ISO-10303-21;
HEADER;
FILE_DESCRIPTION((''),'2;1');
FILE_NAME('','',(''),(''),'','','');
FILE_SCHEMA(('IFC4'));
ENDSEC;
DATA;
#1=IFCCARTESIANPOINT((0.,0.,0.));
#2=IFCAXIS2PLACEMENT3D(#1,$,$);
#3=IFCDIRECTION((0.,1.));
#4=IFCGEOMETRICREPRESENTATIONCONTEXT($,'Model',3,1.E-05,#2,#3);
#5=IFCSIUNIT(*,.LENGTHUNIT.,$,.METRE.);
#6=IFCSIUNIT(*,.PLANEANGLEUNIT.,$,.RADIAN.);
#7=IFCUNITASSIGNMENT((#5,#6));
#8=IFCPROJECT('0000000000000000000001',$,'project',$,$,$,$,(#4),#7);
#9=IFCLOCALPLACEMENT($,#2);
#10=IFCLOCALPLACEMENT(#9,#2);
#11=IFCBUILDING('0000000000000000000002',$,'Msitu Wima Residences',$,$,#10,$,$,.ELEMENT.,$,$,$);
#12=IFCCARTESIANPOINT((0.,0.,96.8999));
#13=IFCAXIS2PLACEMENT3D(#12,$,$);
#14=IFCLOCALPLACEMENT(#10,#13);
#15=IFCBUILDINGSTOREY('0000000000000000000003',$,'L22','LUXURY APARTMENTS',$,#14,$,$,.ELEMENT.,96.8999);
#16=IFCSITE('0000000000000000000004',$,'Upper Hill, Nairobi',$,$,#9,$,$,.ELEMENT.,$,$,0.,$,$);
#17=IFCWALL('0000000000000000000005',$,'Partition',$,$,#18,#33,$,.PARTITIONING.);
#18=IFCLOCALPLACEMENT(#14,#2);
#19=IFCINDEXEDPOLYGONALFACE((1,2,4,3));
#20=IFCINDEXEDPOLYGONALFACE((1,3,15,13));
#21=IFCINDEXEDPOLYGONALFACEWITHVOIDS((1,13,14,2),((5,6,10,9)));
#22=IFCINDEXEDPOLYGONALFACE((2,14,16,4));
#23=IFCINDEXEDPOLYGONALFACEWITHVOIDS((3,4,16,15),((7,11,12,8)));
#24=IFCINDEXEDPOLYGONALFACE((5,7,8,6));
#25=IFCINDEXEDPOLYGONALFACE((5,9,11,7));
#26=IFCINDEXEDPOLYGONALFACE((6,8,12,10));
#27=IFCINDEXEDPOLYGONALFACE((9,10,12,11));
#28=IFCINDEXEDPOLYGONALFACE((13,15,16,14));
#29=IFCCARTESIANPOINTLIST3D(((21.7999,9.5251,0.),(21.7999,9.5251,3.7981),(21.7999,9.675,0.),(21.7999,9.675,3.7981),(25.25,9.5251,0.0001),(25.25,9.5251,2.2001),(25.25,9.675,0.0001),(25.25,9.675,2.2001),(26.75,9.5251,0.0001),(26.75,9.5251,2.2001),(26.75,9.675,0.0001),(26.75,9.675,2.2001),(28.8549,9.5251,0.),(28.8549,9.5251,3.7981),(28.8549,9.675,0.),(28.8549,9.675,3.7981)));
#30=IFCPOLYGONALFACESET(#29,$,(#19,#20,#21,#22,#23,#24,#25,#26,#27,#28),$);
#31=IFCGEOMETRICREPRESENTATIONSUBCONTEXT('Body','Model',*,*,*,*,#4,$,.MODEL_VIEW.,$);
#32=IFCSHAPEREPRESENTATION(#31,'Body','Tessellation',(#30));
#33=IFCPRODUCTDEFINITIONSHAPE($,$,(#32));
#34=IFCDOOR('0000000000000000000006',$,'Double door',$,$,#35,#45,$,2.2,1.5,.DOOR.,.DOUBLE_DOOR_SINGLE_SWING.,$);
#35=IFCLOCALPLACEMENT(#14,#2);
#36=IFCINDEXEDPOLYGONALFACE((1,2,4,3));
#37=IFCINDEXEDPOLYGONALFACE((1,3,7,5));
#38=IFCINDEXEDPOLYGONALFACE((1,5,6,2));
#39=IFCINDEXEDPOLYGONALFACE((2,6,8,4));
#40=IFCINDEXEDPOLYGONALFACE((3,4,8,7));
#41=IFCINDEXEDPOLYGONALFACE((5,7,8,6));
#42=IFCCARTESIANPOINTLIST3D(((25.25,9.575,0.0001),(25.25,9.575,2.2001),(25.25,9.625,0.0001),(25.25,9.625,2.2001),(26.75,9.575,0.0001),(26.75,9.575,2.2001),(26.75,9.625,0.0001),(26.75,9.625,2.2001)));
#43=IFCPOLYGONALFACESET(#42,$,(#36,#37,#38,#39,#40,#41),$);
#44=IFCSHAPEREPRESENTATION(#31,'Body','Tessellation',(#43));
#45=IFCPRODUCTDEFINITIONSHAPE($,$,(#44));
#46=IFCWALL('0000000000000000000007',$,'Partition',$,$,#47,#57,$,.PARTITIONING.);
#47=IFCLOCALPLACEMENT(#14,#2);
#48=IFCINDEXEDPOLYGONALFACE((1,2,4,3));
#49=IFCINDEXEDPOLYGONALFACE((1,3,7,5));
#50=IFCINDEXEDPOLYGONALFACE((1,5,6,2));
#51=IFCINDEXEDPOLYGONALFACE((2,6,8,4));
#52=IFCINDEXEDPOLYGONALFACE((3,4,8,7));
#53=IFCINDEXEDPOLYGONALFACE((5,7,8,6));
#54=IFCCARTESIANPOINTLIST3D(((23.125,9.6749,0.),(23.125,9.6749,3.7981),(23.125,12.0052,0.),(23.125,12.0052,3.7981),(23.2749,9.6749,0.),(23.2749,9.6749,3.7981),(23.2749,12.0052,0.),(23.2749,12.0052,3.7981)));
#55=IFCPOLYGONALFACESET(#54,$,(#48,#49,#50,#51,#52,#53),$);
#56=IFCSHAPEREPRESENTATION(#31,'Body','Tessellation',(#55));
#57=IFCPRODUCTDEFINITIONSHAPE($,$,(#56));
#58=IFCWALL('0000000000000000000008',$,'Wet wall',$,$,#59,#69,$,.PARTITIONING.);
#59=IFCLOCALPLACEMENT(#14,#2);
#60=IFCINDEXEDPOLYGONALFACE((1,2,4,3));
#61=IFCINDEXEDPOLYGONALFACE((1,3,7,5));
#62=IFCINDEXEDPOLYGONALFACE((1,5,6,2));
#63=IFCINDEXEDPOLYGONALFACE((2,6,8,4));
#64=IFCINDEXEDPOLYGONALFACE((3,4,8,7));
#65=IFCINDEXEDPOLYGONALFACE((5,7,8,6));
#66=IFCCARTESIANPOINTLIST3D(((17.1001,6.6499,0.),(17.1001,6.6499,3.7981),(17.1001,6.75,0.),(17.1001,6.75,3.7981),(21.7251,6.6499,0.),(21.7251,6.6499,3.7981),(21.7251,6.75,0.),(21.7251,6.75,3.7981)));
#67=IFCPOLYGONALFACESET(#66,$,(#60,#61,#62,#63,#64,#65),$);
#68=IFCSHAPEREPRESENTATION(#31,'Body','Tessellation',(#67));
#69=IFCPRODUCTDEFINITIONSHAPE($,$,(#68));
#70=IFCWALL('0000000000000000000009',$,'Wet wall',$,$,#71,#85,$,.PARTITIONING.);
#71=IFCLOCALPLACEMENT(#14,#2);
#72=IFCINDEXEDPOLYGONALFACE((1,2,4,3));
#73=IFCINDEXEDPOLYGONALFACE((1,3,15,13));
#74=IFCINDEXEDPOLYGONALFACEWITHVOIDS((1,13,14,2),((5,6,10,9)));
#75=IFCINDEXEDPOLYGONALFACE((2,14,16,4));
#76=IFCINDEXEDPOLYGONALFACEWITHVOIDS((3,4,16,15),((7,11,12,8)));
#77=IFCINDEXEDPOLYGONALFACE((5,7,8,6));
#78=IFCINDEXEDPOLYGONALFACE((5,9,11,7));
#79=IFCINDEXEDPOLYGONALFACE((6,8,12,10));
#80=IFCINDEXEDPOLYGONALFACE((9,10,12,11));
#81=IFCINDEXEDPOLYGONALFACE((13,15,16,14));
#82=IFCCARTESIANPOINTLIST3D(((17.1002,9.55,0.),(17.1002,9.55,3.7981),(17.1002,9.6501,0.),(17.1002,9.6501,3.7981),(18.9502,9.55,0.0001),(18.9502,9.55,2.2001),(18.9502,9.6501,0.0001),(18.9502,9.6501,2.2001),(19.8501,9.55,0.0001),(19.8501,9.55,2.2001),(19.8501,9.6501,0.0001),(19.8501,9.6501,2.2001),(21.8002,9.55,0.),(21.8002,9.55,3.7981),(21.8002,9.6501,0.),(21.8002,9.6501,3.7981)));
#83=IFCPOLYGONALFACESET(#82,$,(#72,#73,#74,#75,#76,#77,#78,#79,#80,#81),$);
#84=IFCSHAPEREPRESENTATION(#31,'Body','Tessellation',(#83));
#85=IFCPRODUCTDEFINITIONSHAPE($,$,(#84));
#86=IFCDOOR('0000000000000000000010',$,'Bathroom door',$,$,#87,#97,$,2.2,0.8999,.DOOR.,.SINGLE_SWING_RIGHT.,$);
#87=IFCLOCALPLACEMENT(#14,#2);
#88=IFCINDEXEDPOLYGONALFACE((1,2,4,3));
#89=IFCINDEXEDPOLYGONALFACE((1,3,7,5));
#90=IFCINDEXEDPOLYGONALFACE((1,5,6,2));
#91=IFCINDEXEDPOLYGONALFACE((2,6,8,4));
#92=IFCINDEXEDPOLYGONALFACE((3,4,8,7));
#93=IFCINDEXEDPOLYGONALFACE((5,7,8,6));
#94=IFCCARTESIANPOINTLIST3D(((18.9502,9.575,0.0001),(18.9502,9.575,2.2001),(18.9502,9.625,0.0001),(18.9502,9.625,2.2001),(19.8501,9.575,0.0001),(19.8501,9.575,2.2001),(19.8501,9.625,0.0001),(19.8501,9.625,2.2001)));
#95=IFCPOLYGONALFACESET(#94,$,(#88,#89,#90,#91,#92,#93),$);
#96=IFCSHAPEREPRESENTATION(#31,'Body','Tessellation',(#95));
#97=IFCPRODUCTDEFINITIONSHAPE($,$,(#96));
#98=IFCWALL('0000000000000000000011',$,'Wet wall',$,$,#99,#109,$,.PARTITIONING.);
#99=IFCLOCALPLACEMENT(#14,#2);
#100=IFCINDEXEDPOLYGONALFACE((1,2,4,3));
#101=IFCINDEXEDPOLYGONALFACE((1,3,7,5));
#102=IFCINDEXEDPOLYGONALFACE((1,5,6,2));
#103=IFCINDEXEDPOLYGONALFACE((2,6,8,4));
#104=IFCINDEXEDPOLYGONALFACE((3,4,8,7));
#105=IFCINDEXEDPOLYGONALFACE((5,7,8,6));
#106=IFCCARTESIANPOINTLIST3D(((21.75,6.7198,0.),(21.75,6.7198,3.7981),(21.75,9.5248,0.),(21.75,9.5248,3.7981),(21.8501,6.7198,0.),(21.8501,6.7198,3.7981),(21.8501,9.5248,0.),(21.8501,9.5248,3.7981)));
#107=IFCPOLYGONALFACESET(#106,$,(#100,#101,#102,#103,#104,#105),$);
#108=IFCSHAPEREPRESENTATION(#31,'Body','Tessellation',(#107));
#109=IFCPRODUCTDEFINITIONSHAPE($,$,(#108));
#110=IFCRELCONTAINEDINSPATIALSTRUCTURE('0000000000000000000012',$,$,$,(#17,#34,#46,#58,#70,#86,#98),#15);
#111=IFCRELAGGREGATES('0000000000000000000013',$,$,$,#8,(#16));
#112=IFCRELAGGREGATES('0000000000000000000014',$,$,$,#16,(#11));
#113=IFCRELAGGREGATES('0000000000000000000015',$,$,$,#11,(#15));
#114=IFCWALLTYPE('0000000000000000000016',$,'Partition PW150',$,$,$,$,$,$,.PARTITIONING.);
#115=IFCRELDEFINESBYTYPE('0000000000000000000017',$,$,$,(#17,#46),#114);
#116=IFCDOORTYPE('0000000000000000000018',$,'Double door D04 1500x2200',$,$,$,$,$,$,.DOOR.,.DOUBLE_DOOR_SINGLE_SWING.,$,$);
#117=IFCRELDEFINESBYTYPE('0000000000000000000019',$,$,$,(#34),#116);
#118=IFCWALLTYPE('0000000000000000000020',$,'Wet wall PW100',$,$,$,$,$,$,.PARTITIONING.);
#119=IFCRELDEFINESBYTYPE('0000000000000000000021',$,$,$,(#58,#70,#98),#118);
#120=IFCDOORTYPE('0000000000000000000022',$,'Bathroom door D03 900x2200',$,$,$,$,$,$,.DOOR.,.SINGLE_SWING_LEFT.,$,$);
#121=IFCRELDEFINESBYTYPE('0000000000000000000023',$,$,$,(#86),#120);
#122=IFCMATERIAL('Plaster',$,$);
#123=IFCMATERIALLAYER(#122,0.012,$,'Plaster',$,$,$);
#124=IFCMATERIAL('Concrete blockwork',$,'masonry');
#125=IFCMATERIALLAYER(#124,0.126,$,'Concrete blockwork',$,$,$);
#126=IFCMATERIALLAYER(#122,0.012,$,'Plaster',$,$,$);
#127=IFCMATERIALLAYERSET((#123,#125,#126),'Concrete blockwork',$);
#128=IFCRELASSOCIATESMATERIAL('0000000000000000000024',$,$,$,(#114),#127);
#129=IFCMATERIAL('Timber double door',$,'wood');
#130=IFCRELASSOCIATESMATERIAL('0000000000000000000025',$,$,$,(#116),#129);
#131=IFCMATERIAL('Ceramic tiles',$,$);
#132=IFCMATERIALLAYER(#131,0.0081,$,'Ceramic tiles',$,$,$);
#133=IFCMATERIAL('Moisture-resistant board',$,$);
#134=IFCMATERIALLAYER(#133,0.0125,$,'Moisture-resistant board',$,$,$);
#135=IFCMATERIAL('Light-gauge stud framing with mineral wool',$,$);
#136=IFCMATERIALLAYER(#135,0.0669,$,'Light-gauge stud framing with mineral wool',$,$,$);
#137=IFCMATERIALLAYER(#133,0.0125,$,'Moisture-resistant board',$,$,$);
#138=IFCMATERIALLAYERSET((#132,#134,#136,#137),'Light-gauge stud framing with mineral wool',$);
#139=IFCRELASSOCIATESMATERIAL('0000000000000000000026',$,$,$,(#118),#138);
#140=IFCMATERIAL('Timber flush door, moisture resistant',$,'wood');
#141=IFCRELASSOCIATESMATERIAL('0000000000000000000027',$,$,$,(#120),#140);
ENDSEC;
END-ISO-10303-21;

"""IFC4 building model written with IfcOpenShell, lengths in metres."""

from ifc_helpers import new_model, si_unit, direction, frame, frame_2d, origin, place, context, subcontext, project, spatial, rectangle, extrude, material, layer, layer_set, type_object, element, fill, save


model = new_model("IFC4")

# Units and contexts
model_context = context("Model", 3, precision=1e-05, world=origin(), true_north=direction((0.0, 1.0)))
body_context = subcontext(model_context, "Body", "Model", "MODEL_VIEW")
ifc_project = project(units=[si_unit("LENGTHUNIT", "METRE"), si_unit("PLANEANGLEUNIT", "RADIAN")], contexts=[model_context])

# Site, building, storey
site_placement = place(None, origin())
site = spatial("IfcSite", under=ifc_project, at=site_placement, Name="Upper Hill, Nairobi", CompositionType="ELEMENT", RefElevation=0.0)
building_placement = place(site_placement, origin())
building = spatial("IfcBuilding", under=site, at=building_placement, Name="Msitu Wima Residences", CompositionType="ELEMENT")
storey_placement = place(building_placement, frame((0.0, 0.0, 96.8999)))
storey = spatial("IfcBuildingStorey", under=building, at=storey_placement, Name="L22", Description="LUXURY APARTMENTS", CompositionType="ELEMENT", Elevation=96.8999)

# Shared definitions
ifc_material_1 = material(Name="Plaster")
ifc_layer_1 = layer(ifc_material_1, 0.012, Name="Plaster")
ifc_material_2 = material(Name="Concrete blockwork", Category="masonry")
ifc_layer_2 = layer(ifc_material_2, 0.126, Name="Concrete blockwork")
ifc_layer_3 = layer(ifc_material_1, 0.012, Name="Plaster")
ifc_layer_set_1 = layer_set([ifc_layer_1, ifc_layer_2, ifc_layer_3], Name="Concrete blockwork")
wall_type_1 = type_object("IfcWallType", Name="Partition PW150", PredefinedType="PARTITIONING", material=ifc_layer_set_1)

# Wall, opening, door
wall_1_placement = place(storey_placement, frame((21.8, 9.6001, 0.0), z_axis=(0.0, 0.0, 1.0), x_axis=(1.0, 0.0, 0.0)))
wall_1 = element("IfcWall", 1, at=wall_1_placement, inside=storey, type_object=wall_type_1, Name="Partition", PredefinedType="PARTITIONING", context=body_context, shape_type="SweptSolid", body=[
    extrude(rectangle(XDim=7.0549, YDim=0.1499, at=frame_2d((3.5273, 0.0))), origin(), (0.0, 0.0, 1.0), 3.7981),
])
opening_1_placement = place(wall_1_placement, frame((3.45, 0.0, 0.0)))
opening_1 = element("IfcOpeningElement", 2, at=opening_1_placement, cuts=wall_1, PredefinedType="OPENING", context=body_context, shape_type="SweptSolid", body=[
    extrude(rectangle(XDim=1.5, YDim=2.2, at=frame_2d((0.75, 1.1001))), frame((0.0, 0.085, 0.0), z_axis=(0.0, -1.0, 0.0), x_axis=(1.0, 0.0, 0.0)), (0.0, 0.0, 1.0), 0.1699),
])
ifc_material_3 = material(Name="Timber double door", Category="wood")
door_type_1 = type_object("IfcDoorType", Name="Double door D04 1500x2200", OperationType="DOUBLE_DOOR_SINGLE_SWING", PredefinedType="DOOR", material=ifc_material_3)
door_1_placement = place(opening_1_placement, origin())
door_1 = element("IfcDoor", 3, at=door_1_placement, inside=storey, type_object=door_type_1, Name="Double door", OperationType="DOUBLE_DOOR_SINGLE_SWING", OverallHeight=2.2, OverallWidth=1.5, PredefinedType="DOOR", context=body_context, shape_type="SweptSolid", body=[
    extrude(rectangle(XDim=1.5, YDim=2.2, at=frame_2d((0.75, 1.1001))), frame((0.0, 0.0249, 0.0), z_axis=(0.0, -1.0, 0.0), x_axis=(1.0, 0.0, 0.0)), (0.0, 0.0, 1.0), 0.05),
])
fill(opening_1, door_1)

# Walls
wall_2_placement = place(storey_placement, frame((23.2, 9.675, 0.0), z_axis=(0.0, 0.0, 1.0), x_axis=(0.0, 1.0, 0.0)))
element("IfcWall", 4, at=wall_2_placement, inside=storey, type_object=wall_type_1, Name="Partition", PredefinedType="PARTITIONING", context=body_context, shape_type="SweptSolid", body=[
    extrude(rectangle(XDim=2.3303, YDim=0.1499, at=frame_2d((1.165, 0.0))), origin(), (0.0, 0.0, 1.0), 3.7981),
])
ifc_material_4 = material(Name="Ceramic tiles")
ifc_layer_4 = layer(ifc_material_4, 0.0081, Name="Ceramic tiles")
ifc_material_5 = material(Name="Moisture-resistant board")
ifc_layer_5 = layer(ifc_material_5, 0.0125, Name="Moisture-resistant board")
ifc_material_6 = material(Name="Light-gauge stud framing with mineral wool")
ifc_layer_6 = layer(ifc_material_6, 0.0669, Name="Light-gauge stud framing with mineral wool")
ifc_layer_7 = layer(ifc_material_5, 0.0125, Name="Moisture-resistant board")
ifc_layer_set_2 = layer_set([ifc_layer_4, ifc_layer_5, ifc_layer_6, ifc_layer_7], Name="Light-gauge stud framing with mineral wool")
wall_type_2 = type_object("IfcWallType", Name="Wet wall PW100", PredefinedType="PARTITIONING", material=ifc_layer_set_2)
wall_3_placement = place(storey_placement, frame((17.1001, 6.7, 0.0), z_axis=(0.0, 0.0, 1.0), x_axis=(1.0, 0.0, 0.0)))
element("IfcWall", 5, at=wall_3_placement, inside=storey, type_object=wall_type_2, Name="Wet wall", PredefinedType="PARTITIONING", context=body_context, shape_type="SweptSolid", body=[
    extrude(rectangle(XDim=4.625, YDim=0.1001, at=frame_2d((2.3125, 0.0))), origin(), (0.0, 0.0, 1.0), 3.7981),
])

# Wall, opening, door
wall_4_placement = place(storey_placement, frame((17.1001, 9.6001, 0.0), z_axis=(0.0, 0.0, 1.0), x_axis=(1.0, 0.0, 0.0)))
wall_4 = element("IfcWall", 6, at=wall_4_placement, inside=storey, type_object=wall_type_2, Name="Wet wall", PredefinedType="PARTITIONING", context=body_context, shape_type="SweptSolid", body=[
    extrude(rectangle(XDim=4.7, YDim=0.1001, at=frame_2d((2.3501, 0.0))), origin(), (0.0, 0.0, 1.0), 3.7981),
])
opening_2_placement = place(wall_4_placement, frame((1.8501, 0.0, 0.0)))
opening_2 = element("IfcOpeningElement", 7, at=opening_2_placement, cuts=wall_4, PredefinedType="OPENING", context=body_context, shape_type="SweptSolid", body=[
    extrude(rectangle(XDim=0.8999, YDim=2.2, at=frame_2d((0.45, 1.1001))), frame((0.0, 0.0601, 0.0), z_axis=(0.0, -1.0, 0.0), x_axis=(1.0, 0.0, 0.0)), (0.0, 0.0, 1.0), 0.1201),
])
ifc_material_7 = material(Name="Timber flush door, moisture resistant", Category="wood")
door_type_2 = type_object("IfcDoorType", Name="Bathroom door D03 900x2200", OperationType="SINGLE_SWING_LEFT", PredefinedType="DOOR", material=ifc_material_7)
door_2_placement = place(opening_2_placement, origin())
door_2 = element("IfcDoor", 8, at=door_2_placement, inside=storey, type_object=door_type_2, Name="Bathroom door", OperationType="SINGLE_SWING_RIGHT", OverallHeight=2.2, OverallWidth=0.8999, PredefinedType="DOOR", context=body_context, shape_type="SweptSolid", body=[
    extrude(rectangle(XDim=0.8999, YDim=2.2, at=frame_2d((0.45, 1.1001))), frame((0.0, 0.0249, 0.0), z_axis=(0.0, -1.0, 0.0), x_axis=(1.0, 0.0, 0.0)), (0.0, 0.0, 1.0), 0.05),
])
fill(opening_2, door_2)

# Wall
wall_5_placement = place(storey_placement, frame((21.8, 6.72, 0.0), z_axis=(0.0, 0.0, 1.0), x_axis=(0.0, 1.0, 0.0)))
element("IfcWall", 9, at=wall_5_placement, inside=storey, type_object=wall_type_2, Name="Wet wall", PredefinedType="PARTITIONING", context=body_context, shape_type="SweptSolid", body=[
    extrude(rectangle(XDim=2.8049, YDim=0.1001, at=frame_2d((1.4023, 0.0))), origin(), (0.0, 0.0, 1.0), 3.7981),
])

save(model, "model.ifc")
